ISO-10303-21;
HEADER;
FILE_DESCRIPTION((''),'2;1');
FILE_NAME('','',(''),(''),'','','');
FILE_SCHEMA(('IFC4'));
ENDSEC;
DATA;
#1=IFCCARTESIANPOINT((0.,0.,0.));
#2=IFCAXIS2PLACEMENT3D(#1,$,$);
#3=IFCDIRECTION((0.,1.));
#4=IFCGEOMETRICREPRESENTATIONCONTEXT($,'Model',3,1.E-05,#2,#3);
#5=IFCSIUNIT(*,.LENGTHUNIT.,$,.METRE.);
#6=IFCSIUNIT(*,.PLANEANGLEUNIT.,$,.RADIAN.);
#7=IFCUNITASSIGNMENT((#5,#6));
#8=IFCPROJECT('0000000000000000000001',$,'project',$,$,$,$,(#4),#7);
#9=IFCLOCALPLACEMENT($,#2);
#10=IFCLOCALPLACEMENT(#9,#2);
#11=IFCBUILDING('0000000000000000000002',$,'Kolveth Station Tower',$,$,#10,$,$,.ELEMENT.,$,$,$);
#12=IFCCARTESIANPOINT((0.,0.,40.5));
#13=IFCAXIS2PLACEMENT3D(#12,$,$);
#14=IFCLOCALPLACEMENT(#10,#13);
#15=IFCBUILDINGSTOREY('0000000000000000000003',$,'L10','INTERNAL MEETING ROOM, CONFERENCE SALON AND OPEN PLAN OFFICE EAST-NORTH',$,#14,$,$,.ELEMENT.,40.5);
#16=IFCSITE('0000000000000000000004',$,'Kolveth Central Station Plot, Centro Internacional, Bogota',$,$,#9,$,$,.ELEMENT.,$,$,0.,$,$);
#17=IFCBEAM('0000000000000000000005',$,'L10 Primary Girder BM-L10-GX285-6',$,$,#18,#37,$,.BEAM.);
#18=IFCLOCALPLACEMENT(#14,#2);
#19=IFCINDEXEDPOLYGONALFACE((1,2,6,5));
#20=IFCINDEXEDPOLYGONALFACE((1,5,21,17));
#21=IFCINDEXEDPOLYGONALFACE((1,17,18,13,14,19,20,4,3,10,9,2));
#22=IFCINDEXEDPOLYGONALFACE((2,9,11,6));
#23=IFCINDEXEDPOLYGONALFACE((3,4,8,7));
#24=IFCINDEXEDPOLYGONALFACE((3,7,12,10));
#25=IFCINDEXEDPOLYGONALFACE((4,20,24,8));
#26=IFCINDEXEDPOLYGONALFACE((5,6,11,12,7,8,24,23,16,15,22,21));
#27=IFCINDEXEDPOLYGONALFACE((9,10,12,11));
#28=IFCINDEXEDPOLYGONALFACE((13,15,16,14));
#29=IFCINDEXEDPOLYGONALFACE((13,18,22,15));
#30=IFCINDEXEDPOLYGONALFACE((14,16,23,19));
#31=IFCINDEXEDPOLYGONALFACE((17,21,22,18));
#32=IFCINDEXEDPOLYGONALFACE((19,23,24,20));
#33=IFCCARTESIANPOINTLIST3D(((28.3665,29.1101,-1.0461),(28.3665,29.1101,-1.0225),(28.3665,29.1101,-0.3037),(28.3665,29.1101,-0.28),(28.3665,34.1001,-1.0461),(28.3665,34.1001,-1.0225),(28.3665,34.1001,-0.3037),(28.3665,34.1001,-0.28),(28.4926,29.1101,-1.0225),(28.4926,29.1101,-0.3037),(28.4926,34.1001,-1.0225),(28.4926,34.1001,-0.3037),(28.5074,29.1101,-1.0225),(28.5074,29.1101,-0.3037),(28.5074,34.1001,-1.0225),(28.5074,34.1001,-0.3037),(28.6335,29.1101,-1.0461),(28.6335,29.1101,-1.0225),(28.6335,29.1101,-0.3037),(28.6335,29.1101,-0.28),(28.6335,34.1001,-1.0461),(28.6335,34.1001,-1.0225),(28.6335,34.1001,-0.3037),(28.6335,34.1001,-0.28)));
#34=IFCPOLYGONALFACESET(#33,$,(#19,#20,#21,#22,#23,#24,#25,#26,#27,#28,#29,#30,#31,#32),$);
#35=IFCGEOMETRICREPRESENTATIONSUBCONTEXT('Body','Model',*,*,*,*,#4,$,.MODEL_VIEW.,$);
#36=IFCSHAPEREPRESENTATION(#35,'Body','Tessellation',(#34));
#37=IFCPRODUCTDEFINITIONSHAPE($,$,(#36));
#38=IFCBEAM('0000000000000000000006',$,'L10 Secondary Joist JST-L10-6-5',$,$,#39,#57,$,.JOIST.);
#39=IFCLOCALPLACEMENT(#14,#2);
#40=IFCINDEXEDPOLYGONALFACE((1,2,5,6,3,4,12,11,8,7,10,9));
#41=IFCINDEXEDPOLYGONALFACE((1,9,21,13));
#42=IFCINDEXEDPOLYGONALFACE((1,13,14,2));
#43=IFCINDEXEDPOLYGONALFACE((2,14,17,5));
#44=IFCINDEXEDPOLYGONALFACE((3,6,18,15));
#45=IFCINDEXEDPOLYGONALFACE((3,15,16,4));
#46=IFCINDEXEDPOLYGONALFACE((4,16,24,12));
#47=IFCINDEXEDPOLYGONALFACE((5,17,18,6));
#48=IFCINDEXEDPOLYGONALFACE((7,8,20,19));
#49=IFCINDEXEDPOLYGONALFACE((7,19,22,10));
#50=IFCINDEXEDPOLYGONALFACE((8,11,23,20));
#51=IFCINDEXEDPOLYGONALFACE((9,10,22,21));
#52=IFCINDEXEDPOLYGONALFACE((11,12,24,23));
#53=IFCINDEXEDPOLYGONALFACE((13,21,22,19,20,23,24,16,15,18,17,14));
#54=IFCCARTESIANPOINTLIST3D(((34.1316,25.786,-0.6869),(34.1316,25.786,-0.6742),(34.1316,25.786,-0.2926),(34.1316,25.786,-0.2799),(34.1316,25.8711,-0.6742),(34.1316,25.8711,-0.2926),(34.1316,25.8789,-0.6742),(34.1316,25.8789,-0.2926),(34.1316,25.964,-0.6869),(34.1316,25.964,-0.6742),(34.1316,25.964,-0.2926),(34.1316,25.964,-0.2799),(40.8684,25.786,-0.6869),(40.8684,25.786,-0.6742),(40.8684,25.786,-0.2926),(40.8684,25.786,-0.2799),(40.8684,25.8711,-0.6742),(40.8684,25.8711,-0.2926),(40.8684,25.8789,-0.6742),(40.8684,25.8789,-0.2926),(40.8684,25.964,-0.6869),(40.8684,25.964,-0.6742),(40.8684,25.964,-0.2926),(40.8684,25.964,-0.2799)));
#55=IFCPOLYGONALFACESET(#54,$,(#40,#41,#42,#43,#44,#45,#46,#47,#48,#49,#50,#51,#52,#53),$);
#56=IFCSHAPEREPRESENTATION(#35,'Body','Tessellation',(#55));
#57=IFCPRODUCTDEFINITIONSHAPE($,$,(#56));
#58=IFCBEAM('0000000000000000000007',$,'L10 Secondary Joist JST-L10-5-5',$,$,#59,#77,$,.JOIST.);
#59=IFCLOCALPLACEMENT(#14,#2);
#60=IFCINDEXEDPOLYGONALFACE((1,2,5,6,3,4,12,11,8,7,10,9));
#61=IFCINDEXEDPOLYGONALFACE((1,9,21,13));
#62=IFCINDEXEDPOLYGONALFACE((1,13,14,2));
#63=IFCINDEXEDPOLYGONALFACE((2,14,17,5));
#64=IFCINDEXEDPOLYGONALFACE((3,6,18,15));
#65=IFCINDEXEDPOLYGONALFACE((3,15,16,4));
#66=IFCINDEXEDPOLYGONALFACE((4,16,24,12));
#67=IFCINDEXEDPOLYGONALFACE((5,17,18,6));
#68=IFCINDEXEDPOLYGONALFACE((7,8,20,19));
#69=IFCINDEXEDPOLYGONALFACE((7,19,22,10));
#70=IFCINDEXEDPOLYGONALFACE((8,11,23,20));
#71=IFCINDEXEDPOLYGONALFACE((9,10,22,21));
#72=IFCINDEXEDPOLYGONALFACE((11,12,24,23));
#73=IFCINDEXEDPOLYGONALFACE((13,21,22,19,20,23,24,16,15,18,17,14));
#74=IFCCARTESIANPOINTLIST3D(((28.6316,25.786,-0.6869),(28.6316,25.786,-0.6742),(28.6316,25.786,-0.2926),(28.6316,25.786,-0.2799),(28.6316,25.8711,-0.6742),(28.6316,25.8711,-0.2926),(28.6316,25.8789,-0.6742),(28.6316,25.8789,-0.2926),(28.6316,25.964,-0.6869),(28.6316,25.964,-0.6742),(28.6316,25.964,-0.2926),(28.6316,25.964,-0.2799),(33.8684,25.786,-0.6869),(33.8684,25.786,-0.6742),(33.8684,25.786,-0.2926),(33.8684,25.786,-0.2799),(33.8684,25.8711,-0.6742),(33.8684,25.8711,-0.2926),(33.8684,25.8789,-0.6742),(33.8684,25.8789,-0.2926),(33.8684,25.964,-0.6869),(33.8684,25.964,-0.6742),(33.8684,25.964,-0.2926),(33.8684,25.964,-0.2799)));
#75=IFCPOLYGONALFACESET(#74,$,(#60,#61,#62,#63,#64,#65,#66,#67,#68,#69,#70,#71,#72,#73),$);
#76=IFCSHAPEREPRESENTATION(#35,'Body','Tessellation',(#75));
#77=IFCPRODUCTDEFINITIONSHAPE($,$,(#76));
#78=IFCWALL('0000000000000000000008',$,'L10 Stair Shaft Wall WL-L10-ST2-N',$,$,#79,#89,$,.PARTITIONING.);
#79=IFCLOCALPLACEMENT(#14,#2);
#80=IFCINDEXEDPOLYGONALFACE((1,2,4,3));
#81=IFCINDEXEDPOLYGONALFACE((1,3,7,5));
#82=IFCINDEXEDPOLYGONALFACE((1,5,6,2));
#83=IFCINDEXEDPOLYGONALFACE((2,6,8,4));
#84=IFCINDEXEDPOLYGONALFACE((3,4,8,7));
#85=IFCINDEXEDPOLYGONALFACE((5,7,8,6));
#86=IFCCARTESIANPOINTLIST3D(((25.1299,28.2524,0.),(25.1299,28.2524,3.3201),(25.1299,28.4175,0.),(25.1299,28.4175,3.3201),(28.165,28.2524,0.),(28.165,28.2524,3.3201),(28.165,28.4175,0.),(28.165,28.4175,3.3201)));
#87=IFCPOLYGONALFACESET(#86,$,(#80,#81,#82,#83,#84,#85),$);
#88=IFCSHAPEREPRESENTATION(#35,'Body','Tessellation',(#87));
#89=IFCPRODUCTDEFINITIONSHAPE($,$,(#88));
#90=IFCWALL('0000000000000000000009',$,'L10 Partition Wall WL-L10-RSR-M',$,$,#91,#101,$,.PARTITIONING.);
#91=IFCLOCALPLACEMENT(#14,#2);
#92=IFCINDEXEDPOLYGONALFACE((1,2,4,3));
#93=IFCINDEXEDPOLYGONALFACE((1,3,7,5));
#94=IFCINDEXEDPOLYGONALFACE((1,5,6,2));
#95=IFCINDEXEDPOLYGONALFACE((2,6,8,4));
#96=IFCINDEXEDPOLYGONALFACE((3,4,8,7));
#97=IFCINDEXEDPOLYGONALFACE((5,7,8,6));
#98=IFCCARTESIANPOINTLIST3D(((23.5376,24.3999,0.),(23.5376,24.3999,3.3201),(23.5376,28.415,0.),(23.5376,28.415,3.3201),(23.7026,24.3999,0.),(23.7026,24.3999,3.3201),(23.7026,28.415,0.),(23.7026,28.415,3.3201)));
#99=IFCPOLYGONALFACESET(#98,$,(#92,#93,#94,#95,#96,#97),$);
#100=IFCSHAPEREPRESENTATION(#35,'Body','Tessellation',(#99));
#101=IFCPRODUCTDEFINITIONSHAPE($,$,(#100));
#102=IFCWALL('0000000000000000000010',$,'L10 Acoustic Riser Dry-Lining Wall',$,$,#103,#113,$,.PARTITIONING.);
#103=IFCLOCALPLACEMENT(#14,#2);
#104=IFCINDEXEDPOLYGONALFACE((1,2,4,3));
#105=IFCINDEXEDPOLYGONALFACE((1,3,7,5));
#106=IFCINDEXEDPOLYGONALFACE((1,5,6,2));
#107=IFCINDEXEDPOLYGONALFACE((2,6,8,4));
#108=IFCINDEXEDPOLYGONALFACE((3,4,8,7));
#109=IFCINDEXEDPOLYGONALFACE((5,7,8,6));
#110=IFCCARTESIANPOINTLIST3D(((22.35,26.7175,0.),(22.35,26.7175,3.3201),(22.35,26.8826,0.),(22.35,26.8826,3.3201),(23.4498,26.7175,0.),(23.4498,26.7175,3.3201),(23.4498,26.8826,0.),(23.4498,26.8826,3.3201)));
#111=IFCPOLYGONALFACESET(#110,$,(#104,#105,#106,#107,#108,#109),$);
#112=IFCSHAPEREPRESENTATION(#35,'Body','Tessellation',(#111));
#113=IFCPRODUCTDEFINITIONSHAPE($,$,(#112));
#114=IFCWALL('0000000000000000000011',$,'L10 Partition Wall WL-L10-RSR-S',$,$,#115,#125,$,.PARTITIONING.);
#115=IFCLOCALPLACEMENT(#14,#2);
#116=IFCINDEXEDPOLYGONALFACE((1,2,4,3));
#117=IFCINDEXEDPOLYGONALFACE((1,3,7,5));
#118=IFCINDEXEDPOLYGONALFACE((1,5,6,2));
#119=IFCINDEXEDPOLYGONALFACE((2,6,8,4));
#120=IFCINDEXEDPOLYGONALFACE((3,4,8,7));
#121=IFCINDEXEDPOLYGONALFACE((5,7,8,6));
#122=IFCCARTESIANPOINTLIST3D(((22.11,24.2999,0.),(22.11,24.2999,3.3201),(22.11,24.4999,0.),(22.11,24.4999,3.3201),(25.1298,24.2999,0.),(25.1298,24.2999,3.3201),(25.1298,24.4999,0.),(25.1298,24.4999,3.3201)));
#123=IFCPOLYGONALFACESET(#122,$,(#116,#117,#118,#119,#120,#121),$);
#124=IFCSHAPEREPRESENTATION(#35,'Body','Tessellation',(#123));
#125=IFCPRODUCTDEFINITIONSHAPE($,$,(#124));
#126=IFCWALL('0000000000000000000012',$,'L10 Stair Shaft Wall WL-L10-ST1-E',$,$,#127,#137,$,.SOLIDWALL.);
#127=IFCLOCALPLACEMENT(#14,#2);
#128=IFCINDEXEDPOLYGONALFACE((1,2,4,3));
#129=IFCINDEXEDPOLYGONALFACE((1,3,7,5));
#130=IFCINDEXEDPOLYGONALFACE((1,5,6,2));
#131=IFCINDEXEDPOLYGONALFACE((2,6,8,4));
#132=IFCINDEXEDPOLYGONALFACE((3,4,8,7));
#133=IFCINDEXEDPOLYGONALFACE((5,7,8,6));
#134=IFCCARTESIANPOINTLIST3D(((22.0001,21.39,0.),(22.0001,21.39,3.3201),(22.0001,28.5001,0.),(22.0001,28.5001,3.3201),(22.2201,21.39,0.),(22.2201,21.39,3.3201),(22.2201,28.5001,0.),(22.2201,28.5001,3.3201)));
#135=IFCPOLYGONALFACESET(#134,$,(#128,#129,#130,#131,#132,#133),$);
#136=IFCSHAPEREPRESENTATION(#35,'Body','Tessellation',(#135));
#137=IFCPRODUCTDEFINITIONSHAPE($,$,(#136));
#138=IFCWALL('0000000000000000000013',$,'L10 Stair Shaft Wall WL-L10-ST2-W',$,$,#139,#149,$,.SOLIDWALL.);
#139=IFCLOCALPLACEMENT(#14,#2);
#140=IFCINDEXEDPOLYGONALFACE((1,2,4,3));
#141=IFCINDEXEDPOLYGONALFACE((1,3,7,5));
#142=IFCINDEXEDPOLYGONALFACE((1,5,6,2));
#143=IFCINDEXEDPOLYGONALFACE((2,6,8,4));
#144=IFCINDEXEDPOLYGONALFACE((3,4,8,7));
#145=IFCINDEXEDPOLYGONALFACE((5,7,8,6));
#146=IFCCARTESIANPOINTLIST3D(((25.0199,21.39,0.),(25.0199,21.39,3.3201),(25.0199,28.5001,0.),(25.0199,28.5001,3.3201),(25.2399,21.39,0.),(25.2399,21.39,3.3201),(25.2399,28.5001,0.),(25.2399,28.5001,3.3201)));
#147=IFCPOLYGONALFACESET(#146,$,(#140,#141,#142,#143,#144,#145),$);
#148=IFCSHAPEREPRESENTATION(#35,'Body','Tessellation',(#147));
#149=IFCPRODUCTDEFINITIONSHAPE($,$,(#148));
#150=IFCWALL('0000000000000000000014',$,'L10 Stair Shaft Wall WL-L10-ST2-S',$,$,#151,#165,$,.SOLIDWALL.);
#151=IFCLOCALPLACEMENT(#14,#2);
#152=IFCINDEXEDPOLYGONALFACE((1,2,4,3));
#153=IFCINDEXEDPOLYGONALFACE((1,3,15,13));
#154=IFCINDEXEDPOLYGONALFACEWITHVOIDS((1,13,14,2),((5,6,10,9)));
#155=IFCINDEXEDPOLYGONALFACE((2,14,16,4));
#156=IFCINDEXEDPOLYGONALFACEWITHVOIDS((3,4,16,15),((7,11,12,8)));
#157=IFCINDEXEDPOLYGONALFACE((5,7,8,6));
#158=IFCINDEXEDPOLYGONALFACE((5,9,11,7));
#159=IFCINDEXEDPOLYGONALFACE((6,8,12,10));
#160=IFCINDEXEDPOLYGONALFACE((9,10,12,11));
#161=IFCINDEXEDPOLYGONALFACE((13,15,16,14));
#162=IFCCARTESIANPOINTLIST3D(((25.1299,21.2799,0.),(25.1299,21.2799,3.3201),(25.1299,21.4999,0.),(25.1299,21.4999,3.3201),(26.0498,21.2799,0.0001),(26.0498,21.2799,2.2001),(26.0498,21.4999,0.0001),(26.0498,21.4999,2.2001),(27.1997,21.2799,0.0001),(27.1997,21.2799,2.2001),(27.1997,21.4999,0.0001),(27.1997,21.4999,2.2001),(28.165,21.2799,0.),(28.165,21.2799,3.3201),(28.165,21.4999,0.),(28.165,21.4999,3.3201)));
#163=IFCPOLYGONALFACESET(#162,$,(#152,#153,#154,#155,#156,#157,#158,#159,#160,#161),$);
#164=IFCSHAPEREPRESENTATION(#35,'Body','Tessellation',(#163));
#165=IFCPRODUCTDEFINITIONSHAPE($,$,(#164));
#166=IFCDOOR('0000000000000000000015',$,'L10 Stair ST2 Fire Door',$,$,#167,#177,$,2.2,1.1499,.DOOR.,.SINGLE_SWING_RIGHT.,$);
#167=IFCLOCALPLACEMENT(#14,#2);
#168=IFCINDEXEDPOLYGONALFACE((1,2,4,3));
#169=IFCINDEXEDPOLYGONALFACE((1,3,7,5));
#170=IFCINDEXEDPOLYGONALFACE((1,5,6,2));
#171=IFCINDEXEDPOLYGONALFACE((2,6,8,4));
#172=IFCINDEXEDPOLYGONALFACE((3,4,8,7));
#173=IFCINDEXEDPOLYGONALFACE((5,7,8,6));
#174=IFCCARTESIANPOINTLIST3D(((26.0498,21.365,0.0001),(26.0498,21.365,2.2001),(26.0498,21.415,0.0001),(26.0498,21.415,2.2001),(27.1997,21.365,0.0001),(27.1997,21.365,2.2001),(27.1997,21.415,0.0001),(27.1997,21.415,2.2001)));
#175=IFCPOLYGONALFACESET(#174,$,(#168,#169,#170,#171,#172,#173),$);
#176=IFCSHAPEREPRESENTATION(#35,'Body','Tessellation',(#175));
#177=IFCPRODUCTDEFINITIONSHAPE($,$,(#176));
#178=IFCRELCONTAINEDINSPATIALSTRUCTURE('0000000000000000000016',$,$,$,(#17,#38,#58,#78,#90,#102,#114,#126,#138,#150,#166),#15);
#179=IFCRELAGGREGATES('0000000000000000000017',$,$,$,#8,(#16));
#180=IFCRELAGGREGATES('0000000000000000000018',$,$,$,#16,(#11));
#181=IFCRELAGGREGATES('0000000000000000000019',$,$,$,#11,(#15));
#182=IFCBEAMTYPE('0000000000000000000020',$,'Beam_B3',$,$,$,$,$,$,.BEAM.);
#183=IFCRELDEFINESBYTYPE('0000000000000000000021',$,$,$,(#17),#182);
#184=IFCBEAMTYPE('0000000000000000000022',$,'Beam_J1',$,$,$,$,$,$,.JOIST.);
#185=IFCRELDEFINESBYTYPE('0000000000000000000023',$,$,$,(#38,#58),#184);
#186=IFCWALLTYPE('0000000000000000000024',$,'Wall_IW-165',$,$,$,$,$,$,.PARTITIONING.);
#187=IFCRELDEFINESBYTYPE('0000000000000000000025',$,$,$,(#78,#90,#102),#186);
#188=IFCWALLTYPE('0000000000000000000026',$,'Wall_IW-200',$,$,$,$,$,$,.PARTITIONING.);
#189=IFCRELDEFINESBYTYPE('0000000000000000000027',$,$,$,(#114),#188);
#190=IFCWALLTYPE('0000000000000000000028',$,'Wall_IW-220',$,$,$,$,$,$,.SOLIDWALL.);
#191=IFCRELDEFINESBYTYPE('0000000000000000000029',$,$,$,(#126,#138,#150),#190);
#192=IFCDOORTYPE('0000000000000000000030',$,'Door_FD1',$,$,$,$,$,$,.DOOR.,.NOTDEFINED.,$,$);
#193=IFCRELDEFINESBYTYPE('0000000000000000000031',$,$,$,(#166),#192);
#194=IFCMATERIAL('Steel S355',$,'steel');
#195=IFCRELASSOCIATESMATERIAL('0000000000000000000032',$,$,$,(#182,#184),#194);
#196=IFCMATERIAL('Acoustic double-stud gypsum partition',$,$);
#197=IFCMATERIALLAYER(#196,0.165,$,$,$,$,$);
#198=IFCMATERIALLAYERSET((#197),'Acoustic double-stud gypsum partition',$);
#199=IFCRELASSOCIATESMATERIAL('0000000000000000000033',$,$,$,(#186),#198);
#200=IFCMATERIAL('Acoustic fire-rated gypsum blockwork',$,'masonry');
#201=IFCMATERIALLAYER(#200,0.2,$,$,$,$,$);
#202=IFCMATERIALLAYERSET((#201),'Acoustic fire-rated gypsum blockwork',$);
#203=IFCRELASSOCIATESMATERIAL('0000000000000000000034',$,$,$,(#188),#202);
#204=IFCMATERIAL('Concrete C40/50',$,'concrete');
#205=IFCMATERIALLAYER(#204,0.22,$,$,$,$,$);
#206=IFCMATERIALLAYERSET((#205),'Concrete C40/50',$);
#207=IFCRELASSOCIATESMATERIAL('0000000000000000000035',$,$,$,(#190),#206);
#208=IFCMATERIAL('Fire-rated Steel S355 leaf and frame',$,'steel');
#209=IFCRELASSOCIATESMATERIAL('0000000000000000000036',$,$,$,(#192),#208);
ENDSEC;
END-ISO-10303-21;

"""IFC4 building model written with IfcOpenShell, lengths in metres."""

from ifc_helpers import new_model, si_unit, direction, frame, frame_2d, origin, origin_2d, place, context, subcontext, project, spatial, rectangle, i_section, extrude, source, transform, mapped, material, layer, layer_set, material_profile, profile_set, type_object, element, fill, save


model = new_model("IFC4")

# Units and contexts
model_context = context("Model", 3, precision=1e-05, world=origin(), true_north=direction((0.0, 1.0)))
body_context = subcontext(model_context, "Body", "Model", "MODEL_VIEW")
ifc_project = project(units=[si_unit("LENGTHUNIT", "METRE"), si_unit("PLANEANGLEUNIT", "RADIAN")], contexts=[model_context])

# Site, building, storey
site_placement = place(None, origin())
site = spatial("IfcSite", under=ifc_project, at=site_placement, Name="Kolveth Central Station Plot, Centro Internacional, Bogota", CompositionType="ELEMENT", RefElevation=0.0)
building_placement = place(site_placement, origin())
building = spatial("IfcBuilding", under=site, at=building_placement, Name="Kolveth Station Tower", CompositionType="ELEMENT")
storey_placement = place(building_placement, frame((0.0, 0.0, 40.5)))
storey = spatial("IfcBuildingStorey", under=building, at=storey_placement, Name="L10", Description="INTERNAL MEETING ROOM, CONFERENCE SALON AND OPEN PLAN OFFICE EAST-NORTH", CompositionType="ELEMENT", Elevation=40.5)

# Beams
ifc_material_1 = material(Name="Steel S355", Category="steel")
ifc_material_profile_1 = material_profile(ifc_material_1, i_section(OverallWidth=0.2671, OverallDepth=0.7661, WebThickness=0.0149, FlangeThickness=0.0237, at=origin_2d()), Name="W760x185")
ifc_profile_set_1 = profile_set([ifc_material_profile_1], Name="Steel S355")
beam_type_1 = type_object("IfcBeamType", Name="Beam_B3", PredefinedType="BEAM", material=ifc_profile_set_1)
shared_shape_1 = source(origin(), body_context, "Body", "SweptSolid", [
    extrude(i_section(OverallWidth=0.2671, OverallDepth=0.7661, WebThickness=0.0149, FlangeThickness=0.0237, at=origin_2d()), origin(), (0.0, 0.0, 1.0), 4.99),
])
beam_1_placement = place(storey_placement, frame((28.5, 29.1101, -0.6631), z_axis=(0.0, 1.0, 0.0), x_axis=(-1.0, 0.0, 0.0)))
element("IfcBeam", 1, at=beam_1_placement, inside=storey, type_object=beam_type_1, Name="L10 Primary Girder BM-L10-GX285-6", PredefinedType="BEAM", context=body_context, shape_type="MappedRepresentation", body=[
    mapped(shared_shape_1, transform((0.0, 0.0, 0.0), x_axis=(1.0, 0.0, 0.0), y_axis=(0.0, 1.0, 0.0), z_axis=(0.0, 0.0, 1.0), scale=1.0)),
])
ifc_material_profile_2 = material_profile(ifc_material_1, i_section(OverallWidth=0.178, OverallDepth=0.407, WebThickness=0.0078, FlangeThickness=0.0127, at=origin_2d()), Name="W410x60")
ifc_profile_set_2 = profile_set([ifc_material_profile_2], Name="Steel S355")
beam_type_2 = type_object("IfcBeamType", Name="Beam_J1", PredefinedType="JOIST", material=ifc_profile_set_2)
shared_shape_2 = source(origin(), body_context, "Body", "SweptSolid", [
    extrude(i_section(OverallWidth=0.178, OverallDepth=0.407, WebThickness=0.0078, FlangeThickness=0.0127, at=origin_2d()), origin(), (0.0, 0.0, 1.0), 6.7368),
])
beam_2_placement = place(storey_placement, frame((34.1316, 25.875, -0.4834), z_axis=(1.0, 0.0, 0.0), x_axis=(0.0, 1.0, 0.0)))
element("IfcBeam", 2, at=beam_2_placement, inside=storey, type_object=beam_type_2, Name="L10 Secondary Joist JST-L10-6-5", PredefinedType="JOIST", context=body_context, shape_type="MappedRepresentation", body=[
    mapped(shared_shape_2, transform((0.0, 0.0, 0.0), x_axis=(1.0, 0.0, 0.0), y_axis=(0.0, 1.0, 0.0), z_axis=(0.0, 0.0, 1.0), scale=1.0)),
])
shared_shape_3 = source(origin(), body_context, "Body", "SweptSolid", [
    extrude(i_section(OverallWidth=0.178, OverallDepth=0.407, WebThickness=0.0078, FlangeThickness=0.0127, at=origin_2d()), origin(), (0.0, 0.0, 1.0), 5.2368),
])
beam_3_placement = place(storey_placement, frame((28.6316, 25.875, -0.4834), z_axis=(1.0, 0.0, 0.0), x_axis=(0.0, 1.0, 0.0)))
element("IfcBeam", 3, at=beam_3_placement, inside=storey, type_object=beam_type_2, Name="L10 Secondary Joist JST-L10-5-5", PredefinedType="JOIST", context=body_context, shape_type="MappedRepresentation", body=[
    mapped(shared_shape_3, transform((0.0, 0.0, 0.0), x_axis=(1.0, 0.0, 0.0), y_axis=(0.0, 1.0, 0.0), z_axis=(0.0, 0.0, 1.0), scale=1.0)),
])

# Walls
ifc_material_2 = material(Name="Acoustic double-stud gypsum partition")
ifc_layer_1 = layer(ifc_material_2, 0.165)
ifc_layer_set_1 = layer_set([ifc_layer_1], Name="Acoustic double-stud gypsum partition")
wall_type_1 = type_object("IfcWallType", Name="Wall_IW-165", PredefinedType="PARTITIONING", material=ifc_layer_set_1)
wall_1_placement = place(storey_placement, frame((25.1299, 28.335, 0.0), z_axis=(0.0, 0.0, 1.0), x_axis=(1.0, 0.0, 0.0)))
element("IfcWall", 4, at=wall_1_placement, inside=storey, type_object=wall_type_1, Name="L10 Stair Shaft Wall WL-L10-ST2-N", PredefinedType="PARTITIONING", context=body_context, shape_type="SweptSolid", body=[
    extrude(rectangle(XDim=3.0352, YDim=0.165, at=frame_2d((1.5176, 0.0))), origin(), (0.0, 0.0, 1.0), 3.3201),
])
wall_2_placement = place(storey_placement, frame((23.6201, 24.3999, 0.0), z_axis=(0.0, 0.0, 1.0), x_axis=(0.0, 1.0, 0.0)))
element("IfcWall", 5, at=wall_2_placement, inside=storey, type_object=wall_type_1, Name="L10 Partition Wall WL-L10-RSR-M", PredefinedType="PARTITIONING", context=body_context, shape_type="SweptSolid", body=[
    extrude(rectangle(XDim=4.0151, YDim=0.165, at=frame_2d((2.0076, 0.0))), origin(), (0.0, 0.0, 1.0), 3.3201),
])
wall_3_placement = place(storey_placement, frame((22.3501, 26.8, 0.0), z_axis=(0.0, 0.0, 1.0), x_axis=(1.0, 0.0, 0.0)))
element("IfcWall", 6, at=wall_3_placement, inside=storey, type_object=wall_type_1, Name="L10 Acoustic Riser Dry-Lining Wall", PredefinedType="PARTITIONING", context=body_context, shape_type="SweptSolid", body=[
    extrude(rectangle(XDim=1.0999, YDim=0.165, at=frame_2d((0.5498, 0.0))), origin(), (0.0, 0.0, 1.0), 3.3201),
])
ifc_material_3 = material(Name="Acoustic fire-rated gypsum blockwork", Category="masonry")
ifc_layer_2 = layer(ifc_material_3, 0.2)
ifc_layer_set_2 = layer_set([ifc_layer_2], Name="Acoustic fire-rated gypsum blockwork")
wall_type_2 = type_object("IfcWallType", Name="Wall_IW-200", PredefinedType="PARTITIONING", material=ifc_layer_set_2)
wall_4_placement = place(storey_placement, frame((22.1101, 24.3999, 0.0), z_axis=(0.0, 0.0, 1.0), x_axis=(1.0, 0.0, 0.0)))
element("IfcWall", 7, at=wall_4_placement, inside=storey, type_object=wall_type_2, Name="L10 Partition Wall WL-L10-RSR-S", PredefinedType="PARTITIONING", context=body_context, shape_type="SweptSolid", body=[
    extrude(rectangle(XDim=3.0198, YDim=0.2, at=frame_2d((1.5098, 0.0))), origin(), (0.0, 0.0, 1.0), 3.3201),
])
ifc_material_4 = material(Name="Concrete C40/50", Category="concrete")
ifc_layer_3 = layer(ifc_material_4, 0.22)
ifc_layer_set_3 = layer_set([ifc_layer_3], Name="Concrete C40/50")
wall_type_3 = type_object("IfcWallType", Name="Wall_IW-220", PredefinedType="SOLIDWALL", material=ifc_layer_set_3)
for number, where, z_axis, x_axis, name in (
    (8, (22.1101, 21.3899, 0.0), (0.0, 0.0, 1.0), (0.0, 1.0, 0.0), "L10 Stair Shaft Wall WL-L10-ST1-E"),
    (9, (25.1299, 21.3899, 0.0), (0.0, 0.0, 1.0), (0.0, 1.0, 0.0), "L10 Stair Shaft Wall WL-L10-ST2-W"),
):
    element("IfcWall", number, at=place(storey_placement, frame(where, z_axis=z_axis, x_axis=x_axis)), inside=storey, type_object=wall_type_3, Name=name, PredefinedType="SOLIDWALL", context=body_context, shape_type="SweptSolid", body=[
        extrude(rectangle(XDim=7.1101, YDim=0.22, at=frame_2d((3.5552, 0.0))), origin(), (0.0, 0.0, 1.0), 3.3201),
    ])

# Wall, opening, door
wall_5_placement = place(storey_placement, frame((25.1299, 21.3899, 0.0), z_axis=(0.0, 0.0, 1.0), x_axis=(1.0, 0.0, 0.0)))
wall_5 = element("IfcWall", 10, at=wall_5_placement, inside=storey, type_object=wall_type_3, Name="L10 Stair Shaft Wall WL-L10-ST2-S", PredefinedType="SOLIDWALL", context=body_context, shape_type="SweptSolid", body=[
    extrude(rectangle(XDim=3.0352, YDim=0.22, at=frame_2d((1.5176, 0.0))), origin(), (0.0, 0.0, 1.0), 3.3201),
])
opening_placement = place(wall_5_placement, frame((0.9199, 0.0, 0.0)))
opening = element("IfcOpeningElement", 11, at=opening_placement, cuts=wall_5, PredefinedType="OPENING", context=body_context, shape_type="SweptSolid", body=[
    extrude(rectangle(XDim=1.1499, YDim=2.2, at=frame_2d((0.575, 1.1001))), frame((0.0, 0.1199, 0.0), z_axis=(0.0, -1.0, 0.0), x_axis=(1.0, 0.0, 0.0)), (0.0, 0.0, 1.0), 0.24),
])
ifc_material_5 = material(Name="Fire-rated Steel S355 leaf and frame", Category="steel")
door_type = type_object("IfcDoorType", Name="Door_FD1", OperationType="NOTDEFINED", PredefinedType="DOOR", material=ifc_material_5)
door_placement = place(opening_placement, frame((1.1499, 0.0, 0.0), z_axis=(0.0, 0.0, 1.0), x_axis=(-1.0, 0.0, 0.0)))
door = element("IfcDoor", 12, at=door_placement, inside=storey, type_object=door_type, Name="L10 Stair ST2 Fire Door", OperationType="SINGLE_SWING_RIGHT", OverallHeight=2.2, OverallWidth=1.1499, PredefinedType="DOOR", context=body_context, shape_type="SweptSolid", body=[
    extrude(rectangle(XDim=1.1499, YDim=2.2, at=frame_2d((0.575, 1.1001))), frame((0.0, 0.0249, 0.0), z_axis=(0.0, -1.0, 0.0), x_axis=(1.0, 0.0, 0.0)), (0.0, 0.0, 1.0), 0.05),
])
fill(opening, door)

save(model, "model.ifc")
